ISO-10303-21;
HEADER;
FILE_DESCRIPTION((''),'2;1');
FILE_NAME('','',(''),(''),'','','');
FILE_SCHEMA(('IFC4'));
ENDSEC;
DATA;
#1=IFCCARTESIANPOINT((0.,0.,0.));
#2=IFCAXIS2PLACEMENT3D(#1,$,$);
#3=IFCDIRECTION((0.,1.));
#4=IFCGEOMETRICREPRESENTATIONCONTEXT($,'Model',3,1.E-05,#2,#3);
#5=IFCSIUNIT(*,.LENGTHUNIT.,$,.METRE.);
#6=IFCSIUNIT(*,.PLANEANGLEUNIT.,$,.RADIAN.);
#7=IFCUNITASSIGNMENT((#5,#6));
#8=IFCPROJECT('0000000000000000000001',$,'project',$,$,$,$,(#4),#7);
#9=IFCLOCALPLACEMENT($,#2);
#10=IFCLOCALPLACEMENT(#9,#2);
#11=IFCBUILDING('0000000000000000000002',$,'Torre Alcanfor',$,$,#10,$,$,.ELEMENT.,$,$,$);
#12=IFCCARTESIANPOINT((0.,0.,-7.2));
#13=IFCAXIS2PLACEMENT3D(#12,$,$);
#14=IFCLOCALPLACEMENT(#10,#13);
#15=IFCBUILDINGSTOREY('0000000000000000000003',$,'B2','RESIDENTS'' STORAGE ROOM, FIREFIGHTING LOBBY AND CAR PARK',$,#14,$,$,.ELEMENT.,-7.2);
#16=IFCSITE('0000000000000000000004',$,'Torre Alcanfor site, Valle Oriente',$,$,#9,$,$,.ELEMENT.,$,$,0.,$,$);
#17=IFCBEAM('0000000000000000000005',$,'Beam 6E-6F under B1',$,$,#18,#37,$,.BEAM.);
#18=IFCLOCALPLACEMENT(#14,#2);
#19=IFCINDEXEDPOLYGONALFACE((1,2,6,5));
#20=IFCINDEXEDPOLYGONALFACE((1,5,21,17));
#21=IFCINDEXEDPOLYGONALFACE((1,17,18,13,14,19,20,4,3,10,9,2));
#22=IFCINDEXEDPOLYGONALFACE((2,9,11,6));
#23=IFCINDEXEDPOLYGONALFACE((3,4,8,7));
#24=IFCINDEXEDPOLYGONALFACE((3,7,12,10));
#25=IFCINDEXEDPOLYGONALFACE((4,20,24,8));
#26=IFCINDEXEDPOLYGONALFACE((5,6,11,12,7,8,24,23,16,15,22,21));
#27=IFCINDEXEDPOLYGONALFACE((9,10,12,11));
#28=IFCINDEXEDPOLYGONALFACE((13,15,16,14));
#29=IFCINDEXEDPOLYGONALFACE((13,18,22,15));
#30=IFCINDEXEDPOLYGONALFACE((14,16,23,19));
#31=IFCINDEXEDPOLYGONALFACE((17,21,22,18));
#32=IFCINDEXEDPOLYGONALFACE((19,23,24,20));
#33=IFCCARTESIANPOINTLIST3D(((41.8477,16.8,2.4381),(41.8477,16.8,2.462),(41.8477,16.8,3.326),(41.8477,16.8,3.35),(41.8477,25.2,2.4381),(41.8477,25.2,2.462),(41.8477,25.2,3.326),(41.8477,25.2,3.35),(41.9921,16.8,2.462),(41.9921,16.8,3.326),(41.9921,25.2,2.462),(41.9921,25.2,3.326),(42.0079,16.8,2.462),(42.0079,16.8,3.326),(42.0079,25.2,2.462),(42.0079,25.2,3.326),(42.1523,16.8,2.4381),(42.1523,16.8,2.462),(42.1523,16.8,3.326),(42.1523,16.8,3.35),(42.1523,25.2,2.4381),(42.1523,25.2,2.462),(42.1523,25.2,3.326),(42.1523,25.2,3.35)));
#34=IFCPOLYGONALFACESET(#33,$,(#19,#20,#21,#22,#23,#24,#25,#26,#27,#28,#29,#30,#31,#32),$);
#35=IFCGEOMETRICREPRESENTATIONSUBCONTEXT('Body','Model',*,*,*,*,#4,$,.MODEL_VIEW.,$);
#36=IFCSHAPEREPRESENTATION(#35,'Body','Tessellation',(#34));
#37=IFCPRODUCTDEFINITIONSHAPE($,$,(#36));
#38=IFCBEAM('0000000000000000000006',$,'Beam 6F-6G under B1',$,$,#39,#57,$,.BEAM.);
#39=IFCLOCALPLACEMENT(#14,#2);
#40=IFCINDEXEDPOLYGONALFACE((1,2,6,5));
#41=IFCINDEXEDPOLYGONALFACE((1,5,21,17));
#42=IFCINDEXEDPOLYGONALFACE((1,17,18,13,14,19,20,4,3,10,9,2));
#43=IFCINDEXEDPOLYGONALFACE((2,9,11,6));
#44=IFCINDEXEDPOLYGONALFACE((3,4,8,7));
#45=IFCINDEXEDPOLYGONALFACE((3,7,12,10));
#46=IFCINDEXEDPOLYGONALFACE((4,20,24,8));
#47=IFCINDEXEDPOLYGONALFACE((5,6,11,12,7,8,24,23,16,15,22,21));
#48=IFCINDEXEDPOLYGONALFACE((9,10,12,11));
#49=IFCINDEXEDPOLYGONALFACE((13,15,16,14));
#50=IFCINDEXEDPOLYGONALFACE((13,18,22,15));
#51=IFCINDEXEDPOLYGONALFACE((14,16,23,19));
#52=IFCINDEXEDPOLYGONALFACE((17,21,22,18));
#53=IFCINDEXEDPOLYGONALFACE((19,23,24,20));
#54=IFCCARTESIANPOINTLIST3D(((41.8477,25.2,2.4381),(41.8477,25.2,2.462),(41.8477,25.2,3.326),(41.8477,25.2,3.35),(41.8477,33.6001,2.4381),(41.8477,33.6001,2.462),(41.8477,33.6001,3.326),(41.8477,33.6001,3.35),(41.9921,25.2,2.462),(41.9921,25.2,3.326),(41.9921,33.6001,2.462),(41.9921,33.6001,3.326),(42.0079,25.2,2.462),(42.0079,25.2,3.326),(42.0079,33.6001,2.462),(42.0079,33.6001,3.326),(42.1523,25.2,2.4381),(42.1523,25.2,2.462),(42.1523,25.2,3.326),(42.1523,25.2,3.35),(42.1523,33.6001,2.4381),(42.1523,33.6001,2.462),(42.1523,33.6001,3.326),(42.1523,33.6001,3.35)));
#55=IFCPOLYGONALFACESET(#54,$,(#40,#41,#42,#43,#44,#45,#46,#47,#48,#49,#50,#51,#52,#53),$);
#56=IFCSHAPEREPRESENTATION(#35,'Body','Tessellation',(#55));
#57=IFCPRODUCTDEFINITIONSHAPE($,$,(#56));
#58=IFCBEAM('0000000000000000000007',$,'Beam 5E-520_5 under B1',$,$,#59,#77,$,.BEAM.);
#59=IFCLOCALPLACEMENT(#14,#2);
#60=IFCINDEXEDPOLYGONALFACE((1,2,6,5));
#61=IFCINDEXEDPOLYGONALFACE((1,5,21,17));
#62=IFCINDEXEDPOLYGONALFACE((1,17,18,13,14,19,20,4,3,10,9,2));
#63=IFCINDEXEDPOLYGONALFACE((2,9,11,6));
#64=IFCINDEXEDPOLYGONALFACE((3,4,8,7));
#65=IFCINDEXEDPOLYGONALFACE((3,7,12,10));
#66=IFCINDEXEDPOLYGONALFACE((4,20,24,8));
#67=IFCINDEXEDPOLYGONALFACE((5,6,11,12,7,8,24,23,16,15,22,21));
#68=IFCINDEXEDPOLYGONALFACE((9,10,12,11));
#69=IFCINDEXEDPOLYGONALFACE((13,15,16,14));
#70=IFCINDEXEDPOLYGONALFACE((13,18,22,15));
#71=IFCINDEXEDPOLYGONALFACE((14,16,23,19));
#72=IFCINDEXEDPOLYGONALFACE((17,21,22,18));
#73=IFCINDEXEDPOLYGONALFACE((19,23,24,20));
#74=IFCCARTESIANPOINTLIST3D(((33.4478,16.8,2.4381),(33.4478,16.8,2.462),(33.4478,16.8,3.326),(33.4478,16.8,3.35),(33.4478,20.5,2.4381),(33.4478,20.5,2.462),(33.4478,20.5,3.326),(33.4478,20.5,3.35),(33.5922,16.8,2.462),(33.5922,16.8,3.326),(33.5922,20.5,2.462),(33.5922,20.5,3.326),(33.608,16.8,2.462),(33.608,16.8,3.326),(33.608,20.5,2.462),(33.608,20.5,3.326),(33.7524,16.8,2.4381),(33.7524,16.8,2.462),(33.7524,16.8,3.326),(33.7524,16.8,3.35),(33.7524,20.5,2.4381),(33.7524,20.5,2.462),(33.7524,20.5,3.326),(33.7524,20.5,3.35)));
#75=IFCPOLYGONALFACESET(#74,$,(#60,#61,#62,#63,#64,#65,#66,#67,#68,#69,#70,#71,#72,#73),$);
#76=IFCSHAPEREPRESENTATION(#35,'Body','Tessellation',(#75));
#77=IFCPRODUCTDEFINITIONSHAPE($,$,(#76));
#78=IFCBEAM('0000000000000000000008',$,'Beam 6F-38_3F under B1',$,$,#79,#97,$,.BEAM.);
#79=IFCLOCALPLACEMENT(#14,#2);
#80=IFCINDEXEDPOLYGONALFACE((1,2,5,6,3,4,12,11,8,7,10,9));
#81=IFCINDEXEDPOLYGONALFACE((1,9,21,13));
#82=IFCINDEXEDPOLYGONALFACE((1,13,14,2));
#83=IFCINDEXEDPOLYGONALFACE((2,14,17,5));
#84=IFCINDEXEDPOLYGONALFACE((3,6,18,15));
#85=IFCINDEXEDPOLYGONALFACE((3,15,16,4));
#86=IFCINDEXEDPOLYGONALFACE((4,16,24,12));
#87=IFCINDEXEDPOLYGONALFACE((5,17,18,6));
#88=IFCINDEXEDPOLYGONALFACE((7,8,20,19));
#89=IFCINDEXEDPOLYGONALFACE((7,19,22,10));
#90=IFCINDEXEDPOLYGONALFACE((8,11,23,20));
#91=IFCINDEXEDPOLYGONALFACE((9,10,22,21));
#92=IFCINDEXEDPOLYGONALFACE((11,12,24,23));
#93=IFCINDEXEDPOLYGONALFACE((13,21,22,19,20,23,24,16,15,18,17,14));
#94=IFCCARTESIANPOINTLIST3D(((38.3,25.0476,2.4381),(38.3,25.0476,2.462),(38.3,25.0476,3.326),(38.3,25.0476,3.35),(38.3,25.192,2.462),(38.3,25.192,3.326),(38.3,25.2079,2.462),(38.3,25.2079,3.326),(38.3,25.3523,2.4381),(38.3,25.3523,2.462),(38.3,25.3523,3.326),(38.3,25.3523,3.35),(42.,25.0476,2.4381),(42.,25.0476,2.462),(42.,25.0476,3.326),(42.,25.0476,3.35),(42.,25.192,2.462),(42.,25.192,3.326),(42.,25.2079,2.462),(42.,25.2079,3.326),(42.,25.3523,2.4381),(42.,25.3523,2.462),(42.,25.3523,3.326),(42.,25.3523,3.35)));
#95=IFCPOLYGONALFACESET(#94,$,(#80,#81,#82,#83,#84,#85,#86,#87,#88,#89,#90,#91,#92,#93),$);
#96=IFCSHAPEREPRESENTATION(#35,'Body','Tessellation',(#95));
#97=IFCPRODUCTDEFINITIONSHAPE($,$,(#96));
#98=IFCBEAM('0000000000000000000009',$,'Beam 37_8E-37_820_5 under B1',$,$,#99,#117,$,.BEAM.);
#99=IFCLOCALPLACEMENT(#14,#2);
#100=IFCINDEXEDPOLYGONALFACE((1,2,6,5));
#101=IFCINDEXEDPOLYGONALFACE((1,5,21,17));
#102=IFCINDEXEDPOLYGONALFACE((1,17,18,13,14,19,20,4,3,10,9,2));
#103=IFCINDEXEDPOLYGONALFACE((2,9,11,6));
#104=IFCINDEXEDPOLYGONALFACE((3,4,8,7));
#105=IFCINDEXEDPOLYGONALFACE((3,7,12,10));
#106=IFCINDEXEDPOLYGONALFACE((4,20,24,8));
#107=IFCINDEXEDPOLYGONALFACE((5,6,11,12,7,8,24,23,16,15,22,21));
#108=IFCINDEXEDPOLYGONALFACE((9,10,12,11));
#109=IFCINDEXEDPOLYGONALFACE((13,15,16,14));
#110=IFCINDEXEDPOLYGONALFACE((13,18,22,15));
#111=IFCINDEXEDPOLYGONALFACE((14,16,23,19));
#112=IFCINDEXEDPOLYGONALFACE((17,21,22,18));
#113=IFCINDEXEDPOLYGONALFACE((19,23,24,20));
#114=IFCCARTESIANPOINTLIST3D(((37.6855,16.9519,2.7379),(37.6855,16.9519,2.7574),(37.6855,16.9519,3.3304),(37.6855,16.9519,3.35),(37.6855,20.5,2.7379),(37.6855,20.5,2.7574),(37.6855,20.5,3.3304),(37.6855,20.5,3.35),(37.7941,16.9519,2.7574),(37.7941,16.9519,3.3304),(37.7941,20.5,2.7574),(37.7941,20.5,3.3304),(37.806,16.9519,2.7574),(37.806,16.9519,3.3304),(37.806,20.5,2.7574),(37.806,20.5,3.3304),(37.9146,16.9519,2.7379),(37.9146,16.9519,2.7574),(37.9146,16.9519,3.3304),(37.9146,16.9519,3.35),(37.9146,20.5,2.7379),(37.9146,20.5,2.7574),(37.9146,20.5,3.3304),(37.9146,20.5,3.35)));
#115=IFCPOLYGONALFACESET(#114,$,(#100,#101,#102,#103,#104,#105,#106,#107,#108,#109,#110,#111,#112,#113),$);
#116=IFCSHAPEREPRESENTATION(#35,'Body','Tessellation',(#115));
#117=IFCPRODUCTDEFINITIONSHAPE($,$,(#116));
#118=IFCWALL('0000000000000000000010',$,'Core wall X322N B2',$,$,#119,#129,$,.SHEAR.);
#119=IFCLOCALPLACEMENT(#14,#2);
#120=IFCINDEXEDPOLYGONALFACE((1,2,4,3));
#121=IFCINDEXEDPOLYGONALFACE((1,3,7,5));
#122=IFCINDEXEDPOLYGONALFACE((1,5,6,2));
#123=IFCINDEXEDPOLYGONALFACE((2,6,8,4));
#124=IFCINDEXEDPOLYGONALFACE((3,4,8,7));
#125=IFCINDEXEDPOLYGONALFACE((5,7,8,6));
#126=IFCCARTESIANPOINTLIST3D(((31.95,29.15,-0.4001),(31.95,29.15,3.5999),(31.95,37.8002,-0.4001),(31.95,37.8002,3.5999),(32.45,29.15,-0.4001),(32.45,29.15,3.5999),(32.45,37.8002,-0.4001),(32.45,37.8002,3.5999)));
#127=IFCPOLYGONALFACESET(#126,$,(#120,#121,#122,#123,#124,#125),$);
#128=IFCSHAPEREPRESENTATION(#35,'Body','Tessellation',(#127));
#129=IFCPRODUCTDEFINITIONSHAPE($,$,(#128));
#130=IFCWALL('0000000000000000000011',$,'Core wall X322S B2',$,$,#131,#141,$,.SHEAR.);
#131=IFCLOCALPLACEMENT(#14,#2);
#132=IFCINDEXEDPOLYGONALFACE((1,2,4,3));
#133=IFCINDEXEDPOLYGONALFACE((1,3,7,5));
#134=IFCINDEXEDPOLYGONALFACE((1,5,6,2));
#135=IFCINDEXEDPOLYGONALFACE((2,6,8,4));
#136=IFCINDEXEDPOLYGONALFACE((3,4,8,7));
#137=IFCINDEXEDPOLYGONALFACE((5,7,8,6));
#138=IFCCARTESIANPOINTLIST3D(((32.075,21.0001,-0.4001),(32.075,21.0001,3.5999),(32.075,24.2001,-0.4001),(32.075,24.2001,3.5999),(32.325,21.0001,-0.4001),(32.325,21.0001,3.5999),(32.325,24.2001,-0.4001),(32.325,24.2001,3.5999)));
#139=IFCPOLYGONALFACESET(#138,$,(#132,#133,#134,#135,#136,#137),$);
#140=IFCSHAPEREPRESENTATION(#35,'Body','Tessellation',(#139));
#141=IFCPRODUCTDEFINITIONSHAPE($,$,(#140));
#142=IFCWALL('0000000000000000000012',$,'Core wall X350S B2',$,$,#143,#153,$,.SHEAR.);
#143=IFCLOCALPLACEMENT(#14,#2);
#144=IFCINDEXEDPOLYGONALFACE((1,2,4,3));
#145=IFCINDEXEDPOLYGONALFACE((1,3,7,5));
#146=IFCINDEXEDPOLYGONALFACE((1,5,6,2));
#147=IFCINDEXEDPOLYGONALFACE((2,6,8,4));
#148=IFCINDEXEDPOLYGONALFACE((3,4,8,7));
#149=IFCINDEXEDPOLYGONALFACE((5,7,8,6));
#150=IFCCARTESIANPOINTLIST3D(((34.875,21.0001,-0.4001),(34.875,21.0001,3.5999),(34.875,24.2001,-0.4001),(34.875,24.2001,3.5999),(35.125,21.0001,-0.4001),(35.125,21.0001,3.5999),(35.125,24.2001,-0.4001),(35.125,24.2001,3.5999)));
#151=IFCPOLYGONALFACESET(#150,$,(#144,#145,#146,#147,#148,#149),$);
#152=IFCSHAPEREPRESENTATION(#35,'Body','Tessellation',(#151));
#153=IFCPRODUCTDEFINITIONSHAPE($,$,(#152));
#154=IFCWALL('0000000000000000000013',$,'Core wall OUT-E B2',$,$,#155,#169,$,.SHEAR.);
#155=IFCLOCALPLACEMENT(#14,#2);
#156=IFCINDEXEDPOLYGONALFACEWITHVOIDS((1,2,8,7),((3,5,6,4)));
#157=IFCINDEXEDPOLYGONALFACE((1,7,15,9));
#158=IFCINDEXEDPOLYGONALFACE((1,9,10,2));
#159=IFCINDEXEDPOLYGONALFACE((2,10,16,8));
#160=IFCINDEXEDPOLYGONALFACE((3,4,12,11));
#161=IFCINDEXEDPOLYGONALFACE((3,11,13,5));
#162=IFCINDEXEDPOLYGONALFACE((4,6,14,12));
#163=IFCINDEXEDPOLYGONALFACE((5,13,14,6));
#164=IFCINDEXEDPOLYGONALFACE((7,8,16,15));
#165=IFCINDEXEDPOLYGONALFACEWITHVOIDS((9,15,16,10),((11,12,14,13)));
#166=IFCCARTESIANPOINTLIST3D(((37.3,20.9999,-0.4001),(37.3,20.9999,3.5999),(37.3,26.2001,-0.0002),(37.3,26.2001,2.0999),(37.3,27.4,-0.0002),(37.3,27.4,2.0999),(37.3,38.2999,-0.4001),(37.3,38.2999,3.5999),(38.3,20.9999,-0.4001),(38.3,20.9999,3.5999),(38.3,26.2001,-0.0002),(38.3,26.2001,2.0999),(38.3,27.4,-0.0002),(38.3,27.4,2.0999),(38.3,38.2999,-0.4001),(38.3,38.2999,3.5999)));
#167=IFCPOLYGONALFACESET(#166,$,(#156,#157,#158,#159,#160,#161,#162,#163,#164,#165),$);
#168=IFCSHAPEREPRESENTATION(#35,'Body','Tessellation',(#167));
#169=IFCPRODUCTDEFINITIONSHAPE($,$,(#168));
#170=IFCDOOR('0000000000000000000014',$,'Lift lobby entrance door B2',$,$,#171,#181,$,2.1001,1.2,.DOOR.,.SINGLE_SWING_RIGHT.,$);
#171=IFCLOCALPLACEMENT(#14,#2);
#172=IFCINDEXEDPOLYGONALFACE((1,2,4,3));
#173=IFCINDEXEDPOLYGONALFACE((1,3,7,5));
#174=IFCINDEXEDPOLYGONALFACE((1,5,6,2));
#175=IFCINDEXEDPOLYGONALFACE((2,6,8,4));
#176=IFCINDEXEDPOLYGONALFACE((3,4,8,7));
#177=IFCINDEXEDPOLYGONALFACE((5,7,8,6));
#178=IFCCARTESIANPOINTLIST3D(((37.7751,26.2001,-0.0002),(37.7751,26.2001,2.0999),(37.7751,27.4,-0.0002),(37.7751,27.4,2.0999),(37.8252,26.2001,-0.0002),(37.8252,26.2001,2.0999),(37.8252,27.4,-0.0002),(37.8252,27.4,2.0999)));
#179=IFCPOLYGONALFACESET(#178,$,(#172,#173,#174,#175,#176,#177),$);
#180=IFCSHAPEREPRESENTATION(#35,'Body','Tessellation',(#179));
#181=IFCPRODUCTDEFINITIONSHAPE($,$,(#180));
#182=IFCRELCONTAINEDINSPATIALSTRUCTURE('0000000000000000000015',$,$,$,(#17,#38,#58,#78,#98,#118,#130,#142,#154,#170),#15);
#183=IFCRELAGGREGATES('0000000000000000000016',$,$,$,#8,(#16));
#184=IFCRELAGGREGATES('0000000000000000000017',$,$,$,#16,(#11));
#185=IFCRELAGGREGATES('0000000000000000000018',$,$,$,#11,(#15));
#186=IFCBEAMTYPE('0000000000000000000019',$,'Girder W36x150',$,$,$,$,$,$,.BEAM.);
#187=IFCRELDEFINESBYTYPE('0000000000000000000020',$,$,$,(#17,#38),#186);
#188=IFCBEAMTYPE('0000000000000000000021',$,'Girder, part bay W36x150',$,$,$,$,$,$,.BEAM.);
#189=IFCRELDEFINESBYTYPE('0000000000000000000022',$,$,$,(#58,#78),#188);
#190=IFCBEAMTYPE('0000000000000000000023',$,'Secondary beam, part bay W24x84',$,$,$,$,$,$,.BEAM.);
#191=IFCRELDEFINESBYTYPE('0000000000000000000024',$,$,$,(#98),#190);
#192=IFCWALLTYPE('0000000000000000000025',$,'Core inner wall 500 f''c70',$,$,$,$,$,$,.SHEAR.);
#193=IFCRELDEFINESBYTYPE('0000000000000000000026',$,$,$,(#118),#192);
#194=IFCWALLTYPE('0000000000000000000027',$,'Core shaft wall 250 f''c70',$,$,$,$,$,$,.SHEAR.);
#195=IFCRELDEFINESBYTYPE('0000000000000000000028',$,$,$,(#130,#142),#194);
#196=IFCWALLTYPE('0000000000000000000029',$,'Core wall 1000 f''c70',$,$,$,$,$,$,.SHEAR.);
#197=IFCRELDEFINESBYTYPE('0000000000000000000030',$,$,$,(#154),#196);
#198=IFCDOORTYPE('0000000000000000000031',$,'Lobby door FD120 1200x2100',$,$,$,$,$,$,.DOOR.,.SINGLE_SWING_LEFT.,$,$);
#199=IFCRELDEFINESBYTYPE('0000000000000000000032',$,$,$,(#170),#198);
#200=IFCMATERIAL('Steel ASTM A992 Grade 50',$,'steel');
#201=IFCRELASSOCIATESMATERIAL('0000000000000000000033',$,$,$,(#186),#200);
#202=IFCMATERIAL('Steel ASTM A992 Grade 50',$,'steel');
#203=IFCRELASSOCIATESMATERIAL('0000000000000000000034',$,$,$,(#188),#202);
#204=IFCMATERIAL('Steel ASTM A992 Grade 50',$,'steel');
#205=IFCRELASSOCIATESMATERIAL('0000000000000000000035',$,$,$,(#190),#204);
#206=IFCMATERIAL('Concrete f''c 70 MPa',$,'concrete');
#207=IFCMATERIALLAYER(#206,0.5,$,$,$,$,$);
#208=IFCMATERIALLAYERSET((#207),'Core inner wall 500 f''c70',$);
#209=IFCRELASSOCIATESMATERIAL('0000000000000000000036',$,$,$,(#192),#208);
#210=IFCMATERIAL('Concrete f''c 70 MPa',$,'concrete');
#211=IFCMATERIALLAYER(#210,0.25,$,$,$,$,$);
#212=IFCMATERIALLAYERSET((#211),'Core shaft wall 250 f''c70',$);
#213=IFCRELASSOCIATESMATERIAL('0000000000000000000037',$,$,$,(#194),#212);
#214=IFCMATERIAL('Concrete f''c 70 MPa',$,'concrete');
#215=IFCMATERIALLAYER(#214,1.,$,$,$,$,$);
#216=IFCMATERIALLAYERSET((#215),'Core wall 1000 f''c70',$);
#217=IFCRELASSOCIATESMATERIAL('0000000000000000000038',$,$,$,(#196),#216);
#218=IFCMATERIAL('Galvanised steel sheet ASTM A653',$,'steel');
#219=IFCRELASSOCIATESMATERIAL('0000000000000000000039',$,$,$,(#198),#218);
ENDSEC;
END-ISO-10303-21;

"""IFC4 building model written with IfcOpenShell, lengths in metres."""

from ifc_helpers import new_model, si_unit, direction, frame, frame_2d, origin, origin_2d, place, context, subcontext, project, spatial, rectangle, i_section, extrude, material, layer, layer_set, material_profile, profile_set, type_object, element, fill, save


model = new_model("IFC4")

# Units and contexts
model_context = context("Model", 3, precision=1e-05, world=origin(), true_north=direction((0.0, 1.0)))
body_context = subcontext(model_context, "Body", "Model", "MODEL_VIEW")
ifc_project = project(units=[si_unit("LENGTHUNIT", "METRE"), si_unit("PLANEANGLEUNIT", "RADIAN")], contexts=[model_context])

# Site, building, storey
site_placement = place(None, origin())
site = spatial("IfcSite", under=ifc_project, at=site_placement, Name="Torre Alcanfor site, Valle Oriente", CompositionType="ELEMENT", RefElevation=0.0)
building_placement = place(site_placement, origin())
building = spatial("IfcBuilding", under=site, at=building_placement, Name="Torre Alcanfor", CompositionType="ELEMENT")
storey_placement = place(building_placement, frame((0.0, 0.0, -7.2)))
storey = spatial("IfcBuildingStorey", under=building, at=storey_placement, Name="B2", Description="RESIDENTS' STORAGE ROOM, FIREFIGHTING LOBBY AND CAR PARK", CompositionType="ELEMENT", Elevation=-7.2)

# Beams
ifc_material_1 = material(Name="Steel ASTM A992 Grade 50", Category="steel")
ifc_material_profile_1 = material_profile(ifc_material_1, i_section(OverallWidth=0.3047, OverallDepth=0.9119, WebThickness=0.0159, FlangeThickness=0.0239, at=origin_2d()), Name="W36x150")
ifc_profile_set_1 = profile_set([ifc_material_profile_1], Name="Steel ASTM A992 Grade 50")
beam_type_1 = type_object("IfcBeamType", Name="Girder W36x150", PredefinedType="BEAM", material=ifc_profile_set_1)
for number, where, z_axis, x_axis, name in (
    (1, (42.0, 16.8, 2.894), (0.0, 1.0, 0.0), (-1.0, 0.0, 0.0), "Beam 6E-6F under B1"),
):
    element("IfcBeam", number, at=place(storey_placement, frame(where, z_axis=z_axis, x_axis=x_axis)), inside=storey, type_object=beam_type_1, Name=name, PredefinedType="BEAM", context=body_context, shape_type="SweptSolid", body=[
        extrude(i_section(OverallWidth=0.3047, OverallDepth=0.9119, WebThickness=0.0159, FlangeThickness=0.0239, at=origin_2d()), origin(), (0.0, 0.0, 1.0), 8.3999),
    ])
beam_1_placement = place(storey_placement, frame((42.0, 25.2, 2.894), z_axis=(0.0, 1.0, 0.0), x_axis=(-1.0, 0.0, 0.0)))
element("IfcBeam", 2, at=beam_1_placement, inside=storey, type_object=beam_type_1, Name="Beam 6F-6G under B1", PredefinedType="BEAM", context=body_context, shape_type="SweptSolid", body=[
    extrude(i_section(OverallWidth=0.3047, OverallDepth=0.9119, WebThickness=0.0159, FlangeThickness=0.0239, at=origin_2d()), origin(), (0.0, 0.0, 1.0), 8.4001),
])
ifc_material_2 = material(Name="Steel ASTM A992 Grade 50", Category="steel")
ifc_material_profile_2 = material_profile(ifc_material_2, i_section(OverallWidth=0.3047, OverallDepth=0.9119, WebThickness=0.0159, FlangeThickness=0.0239, at=origin_2d()), Name="W36x150")
ifc_profile_set_2 = profile_set([ifc_material_profile_2], Name="Steel ASTM A992 Grade 50")
beam_type_2 = type_object("IfcBeamType", Name="Girder, part bay W36x150", PredefinedType="BEAM", material=ifc_profile_set_2)
for number, where, z_axis, x_axis, name in (
    (3, (33.6001, 16.8, 2.894), (0.0, 1.0, 0.0), (-1.0, 0.0, 0.0), "Beam 5E-520_5 under B1"),
    (4, (42.0, 25.2, 2.894), (-1.0, 0.0, 0.0), (0.0, -1.0, 0.0), "Beam 6F-38_3F under B1"),
):
    element("IfcBeam", number, at=place(storey_placement, frame(where, z_axis=z_axis, x_axis=x_axis)), inside=storey, type_object=beam_type_2, Name=name, PredefinedType="BEAM", context=body_context, shape_type="SweptSolid", body=[
        extrude(i_section(OverallWidth=0.3047, OverallDepth=0.9119, WebThickness=0.0159, FlangeThickness=0.0239, at=origin_2d()), origin(), (0.0, 0.0, 1.0), 3.7),
    ])
ifc_material_3 = material(Name="Steel ASTM A992 Grade 50", Category="steel")
ifc_material_profile_3 = material_profile(ifc_material_3, i_section(OverallWidth=0.229, OverallDepth=0.6121, WebThickness=0.012, FlangeThickness=0.0195, at=origin_2d()), Name="W24x84")
ifc_profile_set_3 = profile_set([ifc_material_profile_3], Name="Steel ASTM A992 Grade 50")
beam_type_3 = type_object("IfcBeamType", Name="Secondary beam, part bay W24x84", PredefinedType="BEAM", material=ifc_profile_set_3)
beam_2_placement = place(storey_placement, frame((37.8, 16.9519, 3.0439), z_axis=(0.0, 1.0, 0.0), x_axis=(-1.0, 0.0, 0.0)))
element("IfcBeam", 5, at=beam_2_placement, inside=storey, type_object=beam_type_3, Name="Beam 37_8E-37_820_5 under B1", PredefinedType="BEAM", context=body_context, shape_type="SweptSolid", body=[
    extrude(i_section(OverallWidth=0.229, OverallDepth=0.6121, WebThickness=0.012, FlangeThickness=0.0195, at=origin_2d()), origin(), (0.0, 0.0, 1.0), 3.5481),
])

# Walls
ifc_material_4 = material(Name="Concrete f'c 70 MPa", Category="concrete")
ifc_layer_1 = layer(ifc_material_4, 0.5)
ifc_layer_set_1 = layer_set([ifc_layer_1], Name="Core inner wall 500 f'c70")
wall_type_1 = type_object("IfcWallType", Name="Core inner wall 500 f'c70", PredefinedType="SHEAR", material=ifc_layer_set_1)
wall_1_placement = place(storey_placement, frame((32.2, 29.1499, -0.4001), z_axis=(0.0, 0.0, 1.0), x_axis=(0.0, 1.0, 0.0)))
element("IfcWall", 6, at=wall_1_placement, inside=storey, type_object=wall_type_1, Name="Core wall X322N B2", PredefinedType="SHEAR", context=body_context, shape_type="SweptSolid", body=[
    extrude(rectangle(XDim=8.6501, YDim=0.5, at=frame_2d((4.3252, 0.0))), origin(), (0.0, 0.0, 1.0), 4.0),
])
ifc_material_5 = material(Name="Concrete f'c 70 MPa", Category="concrete")
ifc_layer_2 = layer(ifc_material_5, 0.25)
ifc_layer_set_2 = layer_set([ifc_layer_2], Name="Core shaft wall 250 f'c70")
wall_type_2 = type_object("IfcWallType", Name="Core shaft wall 250 f'c70", PredefinedType="SHEAR", material=ifc_layer_set_2)
for number, where, z_axis, x_axis, name in (
    (7, (32.2, 21.0, -0.4001), (0.0, 0.0, 1.0), (0.0, 1.0, 0.0), "Core wall X322S B2"),
    (8, (35.0, 21.0, -0.4001), (0.0, 0.0, 1.0), (0.0, 1.0, 0.0), "Core wall X350S B2"),
):
    element("IfcWall", number, at=place(storey_placement, frame(where, z_axis=z_axis, x_axis=x_axis)), inside=storey, type_object=wall_type_2, Name=name, PredefinedType="SHEAR", context=body_context, shape_type="SweptSolid", body=[
        extrude(rectangle(XDim=3.2, YDim=0.25, at=frame_2d((1.6001, 0.0))), origin(), (0.0, 0.0, 1.0), 4.0),
    ])

# Wall, opening, door
ifc_material_6 = material(Name="Concrete f'c 70 MPa", Category="concrete")
ifc_layer_3 = layer(ifc_material_6, 1.0)
ifc_layer_set_3 = layer_set([ifc_layer_3], Name="Core wall 1000 f'c70")
wall_type_3 = type_object("IfcWallType", Name="Core wall 1000 f'c70", PredefinedType="SHEAR", material=ifc_layer_set_3)
wall_2_placement = place(storey_placement, frame((37.8, 21.0, -0.4001), z_axis=(0.0, 0.0, 1.0), x_axis=(0.0, 1.0, 0.0)))
wall_2 = element("IfcWall", 9, at=wall_2_placement, inside=storey, type_object=wall_type_3, Name="Core wall OUT-E B2", PredefinedType="SHEAR", context=body_context, shape_type="SweptSolid", body=[
    extrude(rectangle(XDim=17.3, YDim=1.0, at=frame_2d((8.6499, 0.0))), origin(), (0.0, 0.0, 1.0), 4.0),
])
opening_placement = place(wall_2_placement, frame((5.2, 0.0, 0.3999)))
opening = element("IfcOpeningElement", 10, at=opening_placement, cuts=wall_2, PredefinedType="OPENING", context=body_context, shape_type="SweptSolid", body=[
    extrude(rectangle(XDim=1.2, YDim=2.1001, at=frame_2d((0.6001, 1.05))), frame((0.0, 0.51, 0.0), z_axis=(0.0, -1.0, 0.0), x_axis=(1.0, 0.0, 0.0)), (0.0, 0.0, 1.0), 1.02),
])
ifc_material_7 = material(Name="Galvanised steel sheet ASTM A653", Category="steel")
door_type = type_object("IfcDoorType", Name="Lobby door FD120 1200x2100", OperationType="SINGLE_SWING_LEFT", PredefinedType="DOOR", material=ifc_material_7)
door_placement = place(opening_placement, frame((1.2, 0.0, 0.0), z_axis=(0.0, 0.0, 1.0), x_axis=(-1.0, 0.0, 0.0)))
door = element("IfcDoor", 11, at=door_placement, inside=storey, type_object=door_type, Name="Lift lobby entrance door B2", OperationType="SINGLE_SWING_RIGHT", OverallHeight=2.1001, OverallWidth=1.2, PredefinedType="DOOR", context=body_context, shape_type="SweptSolid", body=[
    extrude(rectangle(XDim=1.2, YDim=2.1001, at=frame_2d((0.5999, 1.05))), frame((0.0, 0.0251, 0.0), z_axis=(0.0, -1.0, 0.0), x_axis=(1.0, 0.0, 0.0)), (0.0, 0.0, 1.0), 0.05),
])
fill(opening, door)

save(model, "model.ifc")
